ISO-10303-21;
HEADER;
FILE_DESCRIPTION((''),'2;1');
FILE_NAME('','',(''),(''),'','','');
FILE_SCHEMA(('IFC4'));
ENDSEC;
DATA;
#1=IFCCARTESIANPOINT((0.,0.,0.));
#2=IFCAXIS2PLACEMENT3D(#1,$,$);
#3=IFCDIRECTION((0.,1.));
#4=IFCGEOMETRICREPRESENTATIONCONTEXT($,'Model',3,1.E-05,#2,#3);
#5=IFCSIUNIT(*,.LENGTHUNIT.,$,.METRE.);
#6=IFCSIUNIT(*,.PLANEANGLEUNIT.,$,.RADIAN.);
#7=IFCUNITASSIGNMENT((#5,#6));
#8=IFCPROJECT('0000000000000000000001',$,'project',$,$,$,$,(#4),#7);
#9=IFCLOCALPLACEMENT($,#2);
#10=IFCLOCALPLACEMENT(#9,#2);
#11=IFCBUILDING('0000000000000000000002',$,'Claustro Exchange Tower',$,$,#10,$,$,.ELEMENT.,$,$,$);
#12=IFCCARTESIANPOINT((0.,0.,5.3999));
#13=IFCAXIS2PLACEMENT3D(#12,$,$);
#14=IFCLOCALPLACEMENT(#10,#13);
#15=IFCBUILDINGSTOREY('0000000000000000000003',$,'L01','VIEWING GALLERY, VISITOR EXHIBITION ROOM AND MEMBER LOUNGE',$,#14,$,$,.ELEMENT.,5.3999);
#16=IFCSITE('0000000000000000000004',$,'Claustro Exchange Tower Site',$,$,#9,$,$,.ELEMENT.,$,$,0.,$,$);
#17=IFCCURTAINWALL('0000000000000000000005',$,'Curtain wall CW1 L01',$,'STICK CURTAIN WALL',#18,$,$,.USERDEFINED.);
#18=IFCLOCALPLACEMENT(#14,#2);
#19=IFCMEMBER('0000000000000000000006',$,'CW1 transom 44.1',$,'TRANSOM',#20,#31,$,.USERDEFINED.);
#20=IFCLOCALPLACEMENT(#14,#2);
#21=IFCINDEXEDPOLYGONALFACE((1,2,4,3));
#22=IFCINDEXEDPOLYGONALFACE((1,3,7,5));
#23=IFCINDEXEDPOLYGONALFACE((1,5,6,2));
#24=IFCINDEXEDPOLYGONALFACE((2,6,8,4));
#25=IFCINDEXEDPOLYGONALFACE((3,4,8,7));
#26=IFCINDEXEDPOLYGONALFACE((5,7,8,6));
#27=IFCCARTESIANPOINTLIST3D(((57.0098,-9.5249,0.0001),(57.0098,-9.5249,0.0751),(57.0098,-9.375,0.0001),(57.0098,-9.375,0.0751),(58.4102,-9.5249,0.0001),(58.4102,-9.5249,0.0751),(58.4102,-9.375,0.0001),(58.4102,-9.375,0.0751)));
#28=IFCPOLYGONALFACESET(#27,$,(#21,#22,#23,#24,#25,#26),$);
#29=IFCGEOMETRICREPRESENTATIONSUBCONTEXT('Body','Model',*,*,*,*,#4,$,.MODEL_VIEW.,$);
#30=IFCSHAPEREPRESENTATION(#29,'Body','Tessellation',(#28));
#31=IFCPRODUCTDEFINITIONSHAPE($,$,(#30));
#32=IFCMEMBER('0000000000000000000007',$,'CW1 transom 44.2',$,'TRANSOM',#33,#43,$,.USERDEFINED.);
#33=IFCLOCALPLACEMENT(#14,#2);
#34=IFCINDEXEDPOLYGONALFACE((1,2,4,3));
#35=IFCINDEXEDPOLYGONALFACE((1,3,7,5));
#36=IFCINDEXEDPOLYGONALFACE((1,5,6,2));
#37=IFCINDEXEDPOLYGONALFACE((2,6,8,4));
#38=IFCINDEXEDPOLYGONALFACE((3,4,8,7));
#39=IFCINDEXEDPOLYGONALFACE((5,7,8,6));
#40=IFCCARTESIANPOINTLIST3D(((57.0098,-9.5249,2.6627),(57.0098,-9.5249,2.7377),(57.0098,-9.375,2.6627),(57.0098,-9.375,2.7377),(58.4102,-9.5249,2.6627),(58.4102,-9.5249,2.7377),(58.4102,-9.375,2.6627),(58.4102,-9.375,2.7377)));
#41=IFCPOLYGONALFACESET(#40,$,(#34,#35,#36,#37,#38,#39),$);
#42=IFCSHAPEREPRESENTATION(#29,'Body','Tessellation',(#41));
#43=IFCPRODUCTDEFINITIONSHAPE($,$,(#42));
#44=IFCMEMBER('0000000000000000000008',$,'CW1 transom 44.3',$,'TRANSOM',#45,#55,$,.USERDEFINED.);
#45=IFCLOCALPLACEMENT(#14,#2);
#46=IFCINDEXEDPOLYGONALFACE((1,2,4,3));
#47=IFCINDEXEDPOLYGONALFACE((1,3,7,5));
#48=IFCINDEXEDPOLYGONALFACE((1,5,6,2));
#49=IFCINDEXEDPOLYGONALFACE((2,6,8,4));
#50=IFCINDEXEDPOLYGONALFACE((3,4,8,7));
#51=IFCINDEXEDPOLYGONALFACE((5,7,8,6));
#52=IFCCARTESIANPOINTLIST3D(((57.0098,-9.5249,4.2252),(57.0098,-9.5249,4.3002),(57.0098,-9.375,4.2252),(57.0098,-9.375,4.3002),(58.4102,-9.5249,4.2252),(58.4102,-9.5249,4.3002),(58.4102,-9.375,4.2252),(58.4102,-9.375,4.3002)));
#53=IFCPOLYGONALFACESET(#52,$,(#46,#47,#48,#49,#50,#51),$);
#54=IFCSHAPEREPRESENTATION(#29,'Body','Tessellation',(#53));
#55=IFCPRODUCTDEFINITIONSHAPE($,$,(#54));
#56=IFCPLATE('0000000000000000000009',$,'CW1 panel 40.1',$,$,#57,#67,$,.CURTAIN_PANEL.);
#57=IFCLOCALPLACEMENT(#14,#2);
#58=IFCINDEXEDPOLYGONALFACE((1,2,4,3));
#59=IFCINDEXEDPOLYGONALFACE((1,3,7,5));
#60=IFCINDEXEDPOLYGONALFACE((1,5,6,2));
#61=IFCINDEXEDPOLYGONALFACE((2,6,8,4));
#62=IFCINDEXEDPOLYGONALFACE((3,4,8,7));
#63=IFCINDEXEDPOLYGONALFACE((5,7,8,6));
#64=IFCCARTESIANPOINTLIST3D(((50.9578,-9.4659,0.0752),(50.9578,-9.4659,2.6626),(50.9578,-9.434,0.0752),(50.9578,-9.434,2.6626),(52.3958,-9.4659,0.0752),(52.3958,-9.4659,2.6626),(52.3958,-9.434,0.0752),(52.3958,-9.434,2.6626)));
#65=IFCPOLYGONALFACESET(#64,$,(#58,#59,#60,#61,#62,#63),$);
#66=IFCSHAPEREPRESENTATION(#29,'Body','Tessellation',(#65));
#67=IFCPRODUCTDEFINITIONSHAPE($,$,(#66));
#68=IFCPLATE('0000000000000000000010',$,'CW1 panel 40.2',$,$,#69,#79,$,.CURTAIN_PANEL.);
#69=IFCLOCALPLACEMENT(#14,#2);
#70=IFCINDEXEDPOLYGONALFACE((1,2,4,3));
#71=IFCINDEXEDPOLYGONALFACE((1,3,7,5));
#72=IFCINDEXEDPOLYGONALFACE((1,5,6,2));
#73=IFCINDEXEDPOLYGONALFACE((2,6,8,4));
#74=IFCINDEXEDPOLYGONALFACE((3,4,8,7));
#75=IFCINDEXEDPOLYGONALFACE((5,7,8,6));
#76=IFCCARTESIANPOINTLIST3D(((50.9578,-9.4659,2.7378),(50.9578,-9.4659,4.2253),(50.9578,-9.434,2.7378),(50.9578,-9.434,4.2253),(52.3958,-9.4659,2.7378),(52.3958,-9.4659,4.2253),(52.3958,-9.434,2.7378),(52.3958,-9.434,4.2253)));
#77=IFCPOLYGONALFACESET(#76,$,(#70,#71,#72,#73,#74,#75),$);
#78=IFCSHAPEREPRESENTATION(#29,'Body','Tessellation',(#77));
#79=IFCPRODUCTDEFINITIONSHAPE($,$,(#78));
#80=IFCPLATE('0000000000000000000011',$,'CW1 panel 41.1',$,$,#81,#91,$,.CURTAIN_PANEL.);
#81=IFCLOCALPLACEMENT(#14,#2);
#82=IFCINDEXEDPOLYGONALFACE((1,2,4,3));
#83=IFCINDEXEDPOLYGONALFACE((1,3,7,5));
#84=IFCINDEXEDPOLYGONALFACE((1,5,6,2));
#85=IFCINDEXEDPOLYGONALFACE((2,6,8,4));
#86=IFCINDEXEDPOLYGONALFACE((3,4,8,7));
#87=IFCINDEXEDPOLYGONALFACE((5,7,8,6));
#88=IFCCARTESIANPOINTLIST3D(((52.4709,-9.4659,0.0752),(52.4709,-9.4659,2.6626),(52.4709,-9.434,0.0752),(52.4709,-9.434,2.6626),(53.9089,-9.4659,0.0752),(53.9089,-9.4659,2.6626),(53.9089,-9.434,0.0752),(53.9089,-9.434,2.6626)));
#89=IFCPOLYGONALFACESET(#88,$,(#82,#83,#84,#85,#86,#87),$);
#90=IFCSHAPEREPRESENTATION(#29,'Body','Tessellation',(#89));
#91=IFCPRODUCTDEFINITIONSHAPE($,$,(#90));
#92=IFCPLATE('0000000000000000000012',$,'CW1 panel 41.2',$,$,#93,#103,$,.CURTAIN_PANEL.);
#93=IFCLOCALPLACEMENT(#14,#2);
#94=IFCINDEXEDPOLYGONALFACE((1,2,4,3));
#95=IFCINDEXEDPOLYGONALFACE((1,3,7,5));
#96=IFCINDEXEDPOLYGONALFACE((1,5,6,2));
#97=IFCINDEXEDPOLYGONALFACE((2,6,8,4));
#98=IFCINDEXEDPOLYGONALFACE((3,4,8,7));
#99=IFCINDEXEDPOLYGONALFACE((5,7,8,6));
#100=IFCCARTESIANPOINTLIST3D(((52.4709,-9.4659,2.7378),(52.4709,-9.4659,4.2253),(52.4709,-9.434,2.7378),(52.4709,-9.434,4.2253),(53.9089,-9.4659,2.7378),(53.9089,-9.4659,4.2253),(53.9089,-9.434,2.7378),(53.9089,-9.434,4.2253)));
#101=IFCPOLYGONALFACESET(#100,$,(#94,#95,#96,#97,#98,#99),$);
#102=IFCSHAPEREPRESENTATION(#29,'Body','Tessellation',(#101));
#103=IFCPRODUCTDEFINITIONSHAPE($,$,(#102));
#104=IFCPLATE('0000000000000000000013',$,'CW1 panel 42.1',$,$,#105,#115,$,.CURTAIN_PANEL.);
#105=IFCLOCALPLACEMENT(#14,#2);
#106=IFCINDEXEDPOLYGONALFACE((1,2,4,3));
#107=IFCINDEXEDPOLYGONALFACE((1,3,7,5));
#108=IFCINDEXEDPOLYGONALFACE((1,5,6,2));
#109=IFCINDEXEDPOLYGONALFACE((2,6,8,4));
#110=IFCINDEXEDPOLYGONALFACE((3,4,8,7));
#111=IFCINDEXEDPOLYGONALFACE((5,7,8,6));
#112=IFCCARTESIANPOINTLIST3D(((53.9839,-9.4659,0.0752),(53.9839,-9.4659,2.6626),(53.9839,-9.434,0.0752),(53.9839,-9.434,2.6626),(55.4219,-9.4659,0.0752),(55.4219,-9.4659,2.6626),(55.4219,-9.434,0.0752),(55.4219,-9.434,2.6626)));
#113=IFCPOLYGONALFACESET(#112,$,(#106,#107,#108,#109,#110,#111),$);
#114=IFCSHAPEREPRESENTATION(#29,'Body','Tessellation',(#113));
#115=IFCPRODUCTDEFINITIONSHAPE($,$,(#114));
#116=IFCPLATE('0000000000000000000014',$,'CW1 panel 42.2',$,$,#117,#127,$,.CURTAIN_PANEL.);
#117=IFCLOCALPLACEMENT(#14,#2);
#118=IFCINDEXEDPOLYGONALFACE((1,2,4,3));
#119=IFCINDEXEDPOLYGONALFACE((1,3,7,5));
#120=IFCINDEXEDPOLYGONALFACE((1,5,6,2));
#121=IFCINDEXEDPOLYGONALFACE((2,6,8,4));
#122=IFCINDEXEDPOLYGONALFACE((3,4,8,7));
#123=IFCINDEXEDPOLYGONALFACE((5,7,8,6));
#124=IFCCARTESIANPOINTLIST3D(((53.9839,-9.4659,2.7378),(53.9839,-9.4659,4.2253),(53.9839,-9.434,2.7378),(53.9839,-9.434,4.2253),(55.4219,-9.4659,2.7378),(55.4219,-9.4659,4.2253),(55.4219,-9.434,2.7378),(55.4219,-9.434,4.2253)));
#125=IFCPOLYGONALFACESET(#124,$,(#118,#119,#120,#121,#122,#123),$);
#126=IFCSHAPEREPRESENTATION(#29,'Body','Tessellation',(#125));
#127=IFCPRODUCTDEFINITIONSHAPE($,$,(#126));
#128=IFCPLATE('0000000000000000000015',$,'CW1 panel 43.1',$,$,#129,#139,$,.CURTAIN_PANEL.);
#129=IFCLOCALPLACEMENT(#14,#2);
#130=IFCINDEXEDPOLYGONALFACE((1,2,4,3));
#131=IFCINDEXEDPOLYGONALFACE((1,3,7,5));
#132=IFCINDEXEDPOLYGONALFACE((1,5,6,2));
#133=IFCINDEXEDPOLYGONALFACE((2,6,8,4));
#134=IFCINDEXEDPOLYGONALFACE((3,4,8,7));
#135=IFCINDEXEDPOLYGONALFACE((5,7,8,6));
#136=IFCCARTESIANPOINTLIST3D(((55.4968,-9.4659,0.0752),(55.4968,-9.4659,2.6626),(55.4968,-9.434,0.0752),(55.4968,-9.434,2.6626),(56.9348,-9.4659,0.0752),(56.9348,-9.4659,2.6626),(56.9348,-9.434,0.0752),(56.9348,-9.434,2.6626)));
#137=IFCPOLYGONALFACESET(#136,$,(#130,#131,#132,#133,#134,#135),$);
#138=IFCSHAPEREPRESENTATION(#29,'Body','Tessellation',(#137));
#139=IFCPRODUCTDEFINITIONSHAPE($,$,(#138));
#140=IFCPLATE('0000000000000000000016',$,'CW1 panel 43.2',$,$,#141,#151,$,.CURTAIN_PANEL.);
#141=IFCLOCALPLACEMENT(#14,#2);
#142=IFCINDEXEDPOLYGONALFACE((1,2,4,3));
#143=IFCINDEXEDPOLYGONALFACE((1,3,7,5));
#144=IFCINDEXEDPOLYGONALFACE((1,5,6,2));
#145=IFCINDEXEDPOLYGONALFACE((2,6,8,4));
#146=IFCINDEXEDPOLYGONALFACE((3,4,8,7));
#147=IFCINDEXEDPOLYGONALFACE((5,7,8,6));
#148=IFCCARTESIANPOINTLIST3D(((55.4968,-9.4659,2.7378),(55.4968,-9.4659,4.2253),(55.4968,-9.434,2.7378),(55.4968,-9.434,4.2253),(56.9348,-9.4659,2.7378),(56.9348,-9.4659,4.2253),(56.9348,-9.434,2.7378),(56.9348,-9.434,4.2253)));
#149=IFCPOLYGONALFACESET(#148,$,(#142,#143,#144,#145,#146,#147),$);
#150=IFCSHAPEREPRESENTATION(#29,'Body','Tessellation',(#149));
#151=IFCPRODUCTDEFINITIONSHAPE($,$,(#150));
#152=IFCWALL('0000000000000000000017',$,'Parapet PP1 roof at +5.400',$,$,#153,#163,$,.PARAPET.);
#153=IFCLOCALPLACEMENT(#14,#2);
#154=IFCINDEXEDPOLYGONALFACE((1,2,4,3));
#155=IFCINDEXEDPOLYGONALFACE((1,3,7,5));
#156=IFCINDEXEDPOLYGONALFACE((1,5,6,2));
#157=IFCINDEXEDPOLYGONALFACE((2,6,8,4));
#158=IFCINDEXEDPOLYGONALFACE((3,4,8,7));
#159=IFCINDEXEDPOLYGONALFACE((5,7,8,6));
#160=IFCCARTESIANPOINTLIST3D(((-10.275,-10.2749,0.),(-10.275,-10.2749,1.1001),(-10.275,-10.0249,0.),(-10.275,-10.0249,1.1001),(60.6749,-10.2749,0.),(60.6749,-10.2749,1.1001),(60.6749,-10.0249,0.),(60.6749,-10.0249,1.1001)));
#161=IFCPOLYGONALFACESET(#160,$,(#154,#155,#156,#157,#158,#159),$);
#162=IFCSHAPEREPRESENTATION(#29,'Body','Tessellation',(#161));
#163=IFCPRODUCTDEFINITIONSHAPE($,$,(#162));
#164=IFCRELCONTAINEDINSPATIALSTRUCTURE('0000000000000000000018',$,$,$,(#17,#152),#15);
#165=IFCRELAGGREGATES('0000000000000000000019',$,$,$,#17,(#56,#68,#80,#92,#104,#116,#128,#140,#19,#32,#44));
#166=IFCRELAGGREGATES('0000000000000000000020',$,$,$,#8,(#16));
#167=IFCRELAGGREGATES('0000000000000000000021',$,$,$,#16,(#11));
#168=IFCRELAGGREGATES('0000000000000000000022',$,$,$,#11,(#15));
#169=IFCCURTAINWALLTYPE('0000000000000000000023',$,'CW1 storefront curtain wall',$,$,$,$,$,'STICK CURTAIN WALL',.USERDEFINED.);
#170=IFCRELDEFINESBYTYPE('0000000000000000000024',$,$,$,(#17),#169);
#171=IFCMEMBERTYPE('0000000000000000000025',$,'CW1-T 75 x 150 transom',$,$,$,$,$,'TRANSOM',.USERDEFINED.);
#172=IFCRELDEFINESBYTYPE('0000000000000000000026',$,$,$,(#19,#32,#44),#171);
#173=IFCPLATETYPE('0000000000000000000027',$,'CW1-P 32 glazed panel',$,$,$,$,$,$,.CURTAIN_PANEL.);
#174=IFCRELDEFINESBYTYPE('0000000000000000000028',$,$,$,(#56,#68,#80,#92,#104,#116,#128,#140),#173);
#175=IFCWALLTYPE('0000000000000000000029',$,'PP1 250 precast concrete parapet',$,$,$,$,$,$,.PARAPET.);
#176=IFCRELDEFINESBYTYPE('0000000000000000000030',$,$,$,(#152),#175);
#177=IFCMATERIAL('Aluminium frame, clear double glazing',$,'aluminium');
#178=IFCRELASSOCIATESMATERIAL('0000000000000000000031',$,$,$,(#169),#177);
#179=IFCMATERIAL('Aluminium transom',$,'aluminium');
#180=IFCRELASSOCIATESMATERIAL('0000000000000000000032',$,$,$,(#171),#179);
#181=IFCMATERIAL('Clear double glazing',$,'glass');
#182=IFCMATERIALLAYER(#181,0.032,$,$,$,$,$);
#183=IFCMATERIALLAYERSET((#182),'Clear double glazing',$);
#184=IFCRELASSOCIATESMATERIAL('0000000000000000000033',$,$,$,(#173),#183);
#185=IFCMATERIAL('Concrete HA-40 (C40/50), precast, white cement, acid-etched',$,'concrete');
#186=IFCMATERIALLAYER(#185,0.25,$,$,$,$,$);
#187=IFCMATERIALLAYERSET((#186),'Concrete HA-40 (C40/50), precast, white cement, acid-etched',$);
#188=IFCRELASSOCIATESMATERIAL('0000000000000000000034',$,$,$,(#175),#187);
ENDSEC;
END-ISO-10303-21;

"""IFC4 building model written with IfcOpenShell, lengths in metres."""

from ifc_helpers import new_model, si_unit, direction, frame, frame_2d, origin, origin_2d, place, context, subcontext, project, spatial, rectangle, extrude, material, layer, layer_set, material_profile, profile_set, type_object, element, aggregate, save


model = new_model("IFC4")

# Units and contexts
model_context = context("Model", 3, precision=1e-05, world=origin(), true_north=direction((0.0, 1.0)))
body_context = subcontext(model_context, "Body", "Model", "MODEL_VIEW")
ifc_project = project(units=[si_unit("LENGTHUNIT", "METRE"), si_unit("PLANEANGLEUNIT", "RADIAN")], contexts=[model_context])

# Site, building, storey
site_placement = place(None, origin())
site = spatial("IfcSite", under=ifc_project, at=site_placement, Name="Claustro Exchange Tower Site", CompositionType="ELEMENT", RefElevation=0.0)
building_placement = place(site_placement, origin())
building = spatial("IfcBuilding", under=site, at=building_placement, Name="Claustro Exchange Tower", CompositionType="ELEMENT")
storey_placement = place(building_placement, frame((0.0, 0.0, 5.3999)))
storey = spatial("IfcBuildingStorey", under=building, at=storey_placement, Name="L01", Description="VIEWING GALLERY, VISITOR EXHIBITION ROOM AND MEMBER LOUNGE", CompositionType="ELEMENT", Elevation=5.3999)

# Curtain wall, members, plates
ifc_material_1 = material(Name="Aluminium frame, clear double glazing", Category="aluminium")
curtain_wall_type = type_object("IfcCurtainWallType", Name="CW1 storefront curtain wall", ElementType="STICK CURTAIN WALL", PredefinedType="USERDEFINED", material=ifc_material_1)
curtain_wall_placement = place(storey_placement, origin())
curtain_wall = element("IfcCurtainWall", 1, at=curtain_wall_placement, inside=storey, type_object=curtain_wall_type, Name="Curtain wall CW1 L01", ObjectType="STICK CURTAIN WALL", PredefinedType="USERDEFINED")
ifc_material_2 = material(Name="Aluminium transom", Category="aluminium")
ifc_material_profile_1 = material_profile(ifc_material_2, rectangle(XDim=0.1499, YDim=0.075, at=origin_2d()), Name="CW1-T 75x150")
ifc_profile_set_1 = profile_set([ifc_material_profile_1], Name="Aluminium transom")
member_type_1 = type_object("IfcMemberType", Name="CW1-T 75 x 150 transom", ElementType="TRANSOM", PredefinedType="USERDEFINED", material=ifc_profile_set_1)
member_1_placement = place(storey_placement, frame((57.0098, -9.45, 0.0376), z_axis=(1.0, 0.0, 0.0), x_axis=(0.0, 1.0, 0.0)))
member_1 = element("IfcMember", 2, at=member_1_placement, type_object=member_type_1, Name="CW1 transom 44.1", ObjectType="TRANSOM", PredefinedType="USERDEFINED", context=body_context, shape_type="SweptSolid", body=[
    extrude(rectangle(XDim=0.1499, YDim=0.075, at=origin_2d()), origin(), (0.0, 0.0, 1.0), 1.4004),
])
member_2_placement = place(storey_placement, frame((57.0098, -9.45, 2.7002), z_axis=(1.0, 0.0, 0.0), x_axis=(0.0, 1.0, 0.0)))
member_2 = element("IfcMember", 3, at=member_2_placement, type_object=member_type_1, Name="CW1 transom 44.2", ObjectType="TRANSOM", PredefinedType="USERDEFINED", context=body_context, shape_type="SweptSolid", body=[
    extrude(rectangle(XDim=0.1499, YDim=0.075, at=origin_2d()), origin(), (0.0, 0.0, 1.0), 1.4004),
])
member_3_placement = place(storey_placement, frame((57.0098, -9.45, 4.2627), z_axis=(1.0, 0.0, 0.0), x_axis=(0.0, 1.0, 0.0)))
member_3 = element("IfcMember", 4, at=member_3_placement, type_object=member_type_1, Name="CW1 transom 44.3", ObjectType="TRANSOM", PredefinedType="USERDEFINED", context=body_context, shape_type="SweptSolid", body=[
    extrude(rectangle(XDim=0.1499, YDim=0.075, at=origin_2d()), origin(), (0.0, 0.0, 1.0), 1.4004),
])
ifc_material_3 = material(Name="Clear double glazing", Category="glass")
ifc_layer_1 = layer(ifc_material_3, 0.032)
ifc_layer_set_1 = layer_set([ifc_layer_1], Name="Clear double glazing")
plate_type = type_object("IfcPlateType", Name="CW1-P 32 glazed panel", PredefinedType="CURTAIN_PANEL", material=ifc_layer_set_1)
plate_1_placement = place(storey_placement, frame((51.6768, -9.45, 0.0752), z_axis=(0.0, 0.0, 1.0), x_axis=(1.0, 0.0, 0.0)))
plate_1 = element("IfcPlate", 5, at=plate_1_placement, type_object=plate_type, Name="CW1 panel 40.1", PredefinedType="CURTAIN_PANEL", context=body_context, shape_type="SweptSolid", body=[
    extrude(rectangle(XDim=1.438, YDim=0.032, at=origin_2d()), origin(), (0.0, 0.0, 1.0), 2.5874),
])
plate_2_placement = place(storey_placement, frame((51.6768, -9.45, 2.7378), z_axis=(0.0, 0.0, 1.0), x_axis=(1.0, 0.0, 0.0)))
plate_2 = element("IfcPlate", 6, at=plate_2_placement, type_object=plate_type, Name="CW1 panel 40.2", PredefinedType="CURTAIN_PANEL", context=body_context, shape_type="SweptSolid", body=[
    extrude(rectangle(XDim=1.438, YDim=0.032, at=origin_2d()), origin(), (0.0, 0.0, 1.0), 1.4875),
])
plate_3_placement = place(storey_placement, frame((53.1899, -9.45, 0.0752), z_axis=(0.0, 0.0, 1.0), x_axis=(1.0, 0.0, 0.0)))
plate_3 = element("IfcPlate", 7, at=plate_3_placement, type_object=plate_type, Name="CW1 panel 41.1", PredefinedType="CURTAIN_PANEL", context=body_context, shape_type="SweptSolid", body=[
    extrude(rectangle(XDim=1.438, YDim=0.032, at=origin_2d()), origin(), (0.0, 0.0, 1.0), 2.5874),
])
plate_4_placement = place(storey_placement, frame((53.1899, -9.45, 2.7378), z_axis=(0.0, 0.0, 1.0), x_axis=(1.0, 0.0, 0.0)))
plate_4 = element("IfcPlate", 8, at=plate_4_placement, type_object=plate_type, Name="CW1 panel 41.2", PredefinedType="CURTAIN_PANEL", context=body_context, shape_type="SweptSolid", body=[
    extrude(rectangle(XDim=1.438, YDim=0.032, at=origin_2d()), origin(), (0.0, 0.0, 1.0), 1.4875),
])
plate_5_placement = place(storey_placement, frame((54.7029, -9.45, 0.0752), z_axis=(0.0, 0.0, 1.0), x_axis=(1.0, 0.0, 0.0)))
plate_5 = element("IfcPlate", 9, at=plate_5_placement, type_object=plate_type, Name="CW1 panel 42.1", PredefinedType="CURTAIN_PANEL", context=body_context, shape_type="SweptSolid", body=[
    extrude(rectangle(XDim=1.438, YDim=0.032, at=origin_2d()), origin(), (0.0, 0.0, 1.0), 2.5874),
])
plate_6_placement = place(storey_placement, frame((54.7029, -9.45, 2.7378), z_axis=(0.0, 0.0, 1.0), x_axis=(1.0, 0.0, 0.0)))
plate_6 = element("IfcPlate", 10, at=plate_6_placement, type_object=plate_type, Name="CW1 panel 42.2", PredefinedType="CURTAIN_PANEL", context=body_context, shape_type="SweptSolid", body=[
    extrude(rectangle(XDim=1.438, YDim=0.032, at=origin_2d()), origin(), (0.0, 0.0, 1.0), 1.4875),
])
plate_7_placement = place(storey_placement, frame((56.2158, -9.45, 0.0752), z_axis=(0.0, 0.0, 1.0), x_axis=(1.0, 0.0, 0.0)))
plate_7 = element("IfcPlate", 11, at=plate_7_placement, type_object=plate_type, Name="CW1 panel 43.1", PredefinedType="CURTAIN_PANEL", context=body_context, shape_type="SweptSolid", body=[
    extrude(rectangle(XDim=1.438, YDim=0.032, at=origin_2d()), origin(), (0.0, 0.0, 1.0), 2.5874),
])
plate_8_placement = place(storey_placement, frame((56.2158, -9.45, 2.7378), z_axis=(0.0, 0.0, 1.0), x_axis=(1.0, 0.0, 0.0)))
plate_8 = element("IfcPlate", 12, at=plate_8_placement, type_object=plate_type, Name="CW1 panel 43.2", PredefinedType="CURTAIN_PANEL", context=body_context, shape_type="SweptSolid", body=[
    extrude(rectangle(XDim=1.438, YDim=0.032, at=origin_2d()), origin(), (0.0, 0.0, 1.0), 1.4875),
])
aggregate(curtain_wall, [plate_1, plate_2, plate_3, plate_4, plate_5, plate_6, plate_7, plate_8, member_1, member_2, member_3])

# Wall
ifc_material_4 = material(Name="Concrete HA-40 (C40/50), precast, white cement, acid-etched", Category="concrete")
ifc_layer_2 = layer(ifc_material_4, 0.25)
ifc_layer_set_2 = layer_set([ifc_layer_2], Name="Concrete HA-40 (C40/50), precast, white cement, acid-etched")
wall_type = type_object("IfcWallType", Name="PP1 250 precast concrete parapet", PredefinedType="PARAPET", material=ifc_layer_set_2)
wall_placement = place(storey_placement, frame((60.675, -10.1499, 0.0), z_axis=(0.0, 0.0, 1.0), x_axis=(-1.0, 0.0, 0.0)))
element("IfcWall", 13, at=wall_placement, inside=storey, type_object=wall_type, Name="Parapet PP1 roof at +5.400", PredefinedType="PARAPET", context=body_context, shape_type="SweptSolid", body=[
    extrude(rectangle(XDim=70.95, YDim=0.25, at=frame_2d((35.4751, 0.0))), origin(), (0.0, 0.0, 1.0), 1.1001),
])

save(model, "model.ifc")
